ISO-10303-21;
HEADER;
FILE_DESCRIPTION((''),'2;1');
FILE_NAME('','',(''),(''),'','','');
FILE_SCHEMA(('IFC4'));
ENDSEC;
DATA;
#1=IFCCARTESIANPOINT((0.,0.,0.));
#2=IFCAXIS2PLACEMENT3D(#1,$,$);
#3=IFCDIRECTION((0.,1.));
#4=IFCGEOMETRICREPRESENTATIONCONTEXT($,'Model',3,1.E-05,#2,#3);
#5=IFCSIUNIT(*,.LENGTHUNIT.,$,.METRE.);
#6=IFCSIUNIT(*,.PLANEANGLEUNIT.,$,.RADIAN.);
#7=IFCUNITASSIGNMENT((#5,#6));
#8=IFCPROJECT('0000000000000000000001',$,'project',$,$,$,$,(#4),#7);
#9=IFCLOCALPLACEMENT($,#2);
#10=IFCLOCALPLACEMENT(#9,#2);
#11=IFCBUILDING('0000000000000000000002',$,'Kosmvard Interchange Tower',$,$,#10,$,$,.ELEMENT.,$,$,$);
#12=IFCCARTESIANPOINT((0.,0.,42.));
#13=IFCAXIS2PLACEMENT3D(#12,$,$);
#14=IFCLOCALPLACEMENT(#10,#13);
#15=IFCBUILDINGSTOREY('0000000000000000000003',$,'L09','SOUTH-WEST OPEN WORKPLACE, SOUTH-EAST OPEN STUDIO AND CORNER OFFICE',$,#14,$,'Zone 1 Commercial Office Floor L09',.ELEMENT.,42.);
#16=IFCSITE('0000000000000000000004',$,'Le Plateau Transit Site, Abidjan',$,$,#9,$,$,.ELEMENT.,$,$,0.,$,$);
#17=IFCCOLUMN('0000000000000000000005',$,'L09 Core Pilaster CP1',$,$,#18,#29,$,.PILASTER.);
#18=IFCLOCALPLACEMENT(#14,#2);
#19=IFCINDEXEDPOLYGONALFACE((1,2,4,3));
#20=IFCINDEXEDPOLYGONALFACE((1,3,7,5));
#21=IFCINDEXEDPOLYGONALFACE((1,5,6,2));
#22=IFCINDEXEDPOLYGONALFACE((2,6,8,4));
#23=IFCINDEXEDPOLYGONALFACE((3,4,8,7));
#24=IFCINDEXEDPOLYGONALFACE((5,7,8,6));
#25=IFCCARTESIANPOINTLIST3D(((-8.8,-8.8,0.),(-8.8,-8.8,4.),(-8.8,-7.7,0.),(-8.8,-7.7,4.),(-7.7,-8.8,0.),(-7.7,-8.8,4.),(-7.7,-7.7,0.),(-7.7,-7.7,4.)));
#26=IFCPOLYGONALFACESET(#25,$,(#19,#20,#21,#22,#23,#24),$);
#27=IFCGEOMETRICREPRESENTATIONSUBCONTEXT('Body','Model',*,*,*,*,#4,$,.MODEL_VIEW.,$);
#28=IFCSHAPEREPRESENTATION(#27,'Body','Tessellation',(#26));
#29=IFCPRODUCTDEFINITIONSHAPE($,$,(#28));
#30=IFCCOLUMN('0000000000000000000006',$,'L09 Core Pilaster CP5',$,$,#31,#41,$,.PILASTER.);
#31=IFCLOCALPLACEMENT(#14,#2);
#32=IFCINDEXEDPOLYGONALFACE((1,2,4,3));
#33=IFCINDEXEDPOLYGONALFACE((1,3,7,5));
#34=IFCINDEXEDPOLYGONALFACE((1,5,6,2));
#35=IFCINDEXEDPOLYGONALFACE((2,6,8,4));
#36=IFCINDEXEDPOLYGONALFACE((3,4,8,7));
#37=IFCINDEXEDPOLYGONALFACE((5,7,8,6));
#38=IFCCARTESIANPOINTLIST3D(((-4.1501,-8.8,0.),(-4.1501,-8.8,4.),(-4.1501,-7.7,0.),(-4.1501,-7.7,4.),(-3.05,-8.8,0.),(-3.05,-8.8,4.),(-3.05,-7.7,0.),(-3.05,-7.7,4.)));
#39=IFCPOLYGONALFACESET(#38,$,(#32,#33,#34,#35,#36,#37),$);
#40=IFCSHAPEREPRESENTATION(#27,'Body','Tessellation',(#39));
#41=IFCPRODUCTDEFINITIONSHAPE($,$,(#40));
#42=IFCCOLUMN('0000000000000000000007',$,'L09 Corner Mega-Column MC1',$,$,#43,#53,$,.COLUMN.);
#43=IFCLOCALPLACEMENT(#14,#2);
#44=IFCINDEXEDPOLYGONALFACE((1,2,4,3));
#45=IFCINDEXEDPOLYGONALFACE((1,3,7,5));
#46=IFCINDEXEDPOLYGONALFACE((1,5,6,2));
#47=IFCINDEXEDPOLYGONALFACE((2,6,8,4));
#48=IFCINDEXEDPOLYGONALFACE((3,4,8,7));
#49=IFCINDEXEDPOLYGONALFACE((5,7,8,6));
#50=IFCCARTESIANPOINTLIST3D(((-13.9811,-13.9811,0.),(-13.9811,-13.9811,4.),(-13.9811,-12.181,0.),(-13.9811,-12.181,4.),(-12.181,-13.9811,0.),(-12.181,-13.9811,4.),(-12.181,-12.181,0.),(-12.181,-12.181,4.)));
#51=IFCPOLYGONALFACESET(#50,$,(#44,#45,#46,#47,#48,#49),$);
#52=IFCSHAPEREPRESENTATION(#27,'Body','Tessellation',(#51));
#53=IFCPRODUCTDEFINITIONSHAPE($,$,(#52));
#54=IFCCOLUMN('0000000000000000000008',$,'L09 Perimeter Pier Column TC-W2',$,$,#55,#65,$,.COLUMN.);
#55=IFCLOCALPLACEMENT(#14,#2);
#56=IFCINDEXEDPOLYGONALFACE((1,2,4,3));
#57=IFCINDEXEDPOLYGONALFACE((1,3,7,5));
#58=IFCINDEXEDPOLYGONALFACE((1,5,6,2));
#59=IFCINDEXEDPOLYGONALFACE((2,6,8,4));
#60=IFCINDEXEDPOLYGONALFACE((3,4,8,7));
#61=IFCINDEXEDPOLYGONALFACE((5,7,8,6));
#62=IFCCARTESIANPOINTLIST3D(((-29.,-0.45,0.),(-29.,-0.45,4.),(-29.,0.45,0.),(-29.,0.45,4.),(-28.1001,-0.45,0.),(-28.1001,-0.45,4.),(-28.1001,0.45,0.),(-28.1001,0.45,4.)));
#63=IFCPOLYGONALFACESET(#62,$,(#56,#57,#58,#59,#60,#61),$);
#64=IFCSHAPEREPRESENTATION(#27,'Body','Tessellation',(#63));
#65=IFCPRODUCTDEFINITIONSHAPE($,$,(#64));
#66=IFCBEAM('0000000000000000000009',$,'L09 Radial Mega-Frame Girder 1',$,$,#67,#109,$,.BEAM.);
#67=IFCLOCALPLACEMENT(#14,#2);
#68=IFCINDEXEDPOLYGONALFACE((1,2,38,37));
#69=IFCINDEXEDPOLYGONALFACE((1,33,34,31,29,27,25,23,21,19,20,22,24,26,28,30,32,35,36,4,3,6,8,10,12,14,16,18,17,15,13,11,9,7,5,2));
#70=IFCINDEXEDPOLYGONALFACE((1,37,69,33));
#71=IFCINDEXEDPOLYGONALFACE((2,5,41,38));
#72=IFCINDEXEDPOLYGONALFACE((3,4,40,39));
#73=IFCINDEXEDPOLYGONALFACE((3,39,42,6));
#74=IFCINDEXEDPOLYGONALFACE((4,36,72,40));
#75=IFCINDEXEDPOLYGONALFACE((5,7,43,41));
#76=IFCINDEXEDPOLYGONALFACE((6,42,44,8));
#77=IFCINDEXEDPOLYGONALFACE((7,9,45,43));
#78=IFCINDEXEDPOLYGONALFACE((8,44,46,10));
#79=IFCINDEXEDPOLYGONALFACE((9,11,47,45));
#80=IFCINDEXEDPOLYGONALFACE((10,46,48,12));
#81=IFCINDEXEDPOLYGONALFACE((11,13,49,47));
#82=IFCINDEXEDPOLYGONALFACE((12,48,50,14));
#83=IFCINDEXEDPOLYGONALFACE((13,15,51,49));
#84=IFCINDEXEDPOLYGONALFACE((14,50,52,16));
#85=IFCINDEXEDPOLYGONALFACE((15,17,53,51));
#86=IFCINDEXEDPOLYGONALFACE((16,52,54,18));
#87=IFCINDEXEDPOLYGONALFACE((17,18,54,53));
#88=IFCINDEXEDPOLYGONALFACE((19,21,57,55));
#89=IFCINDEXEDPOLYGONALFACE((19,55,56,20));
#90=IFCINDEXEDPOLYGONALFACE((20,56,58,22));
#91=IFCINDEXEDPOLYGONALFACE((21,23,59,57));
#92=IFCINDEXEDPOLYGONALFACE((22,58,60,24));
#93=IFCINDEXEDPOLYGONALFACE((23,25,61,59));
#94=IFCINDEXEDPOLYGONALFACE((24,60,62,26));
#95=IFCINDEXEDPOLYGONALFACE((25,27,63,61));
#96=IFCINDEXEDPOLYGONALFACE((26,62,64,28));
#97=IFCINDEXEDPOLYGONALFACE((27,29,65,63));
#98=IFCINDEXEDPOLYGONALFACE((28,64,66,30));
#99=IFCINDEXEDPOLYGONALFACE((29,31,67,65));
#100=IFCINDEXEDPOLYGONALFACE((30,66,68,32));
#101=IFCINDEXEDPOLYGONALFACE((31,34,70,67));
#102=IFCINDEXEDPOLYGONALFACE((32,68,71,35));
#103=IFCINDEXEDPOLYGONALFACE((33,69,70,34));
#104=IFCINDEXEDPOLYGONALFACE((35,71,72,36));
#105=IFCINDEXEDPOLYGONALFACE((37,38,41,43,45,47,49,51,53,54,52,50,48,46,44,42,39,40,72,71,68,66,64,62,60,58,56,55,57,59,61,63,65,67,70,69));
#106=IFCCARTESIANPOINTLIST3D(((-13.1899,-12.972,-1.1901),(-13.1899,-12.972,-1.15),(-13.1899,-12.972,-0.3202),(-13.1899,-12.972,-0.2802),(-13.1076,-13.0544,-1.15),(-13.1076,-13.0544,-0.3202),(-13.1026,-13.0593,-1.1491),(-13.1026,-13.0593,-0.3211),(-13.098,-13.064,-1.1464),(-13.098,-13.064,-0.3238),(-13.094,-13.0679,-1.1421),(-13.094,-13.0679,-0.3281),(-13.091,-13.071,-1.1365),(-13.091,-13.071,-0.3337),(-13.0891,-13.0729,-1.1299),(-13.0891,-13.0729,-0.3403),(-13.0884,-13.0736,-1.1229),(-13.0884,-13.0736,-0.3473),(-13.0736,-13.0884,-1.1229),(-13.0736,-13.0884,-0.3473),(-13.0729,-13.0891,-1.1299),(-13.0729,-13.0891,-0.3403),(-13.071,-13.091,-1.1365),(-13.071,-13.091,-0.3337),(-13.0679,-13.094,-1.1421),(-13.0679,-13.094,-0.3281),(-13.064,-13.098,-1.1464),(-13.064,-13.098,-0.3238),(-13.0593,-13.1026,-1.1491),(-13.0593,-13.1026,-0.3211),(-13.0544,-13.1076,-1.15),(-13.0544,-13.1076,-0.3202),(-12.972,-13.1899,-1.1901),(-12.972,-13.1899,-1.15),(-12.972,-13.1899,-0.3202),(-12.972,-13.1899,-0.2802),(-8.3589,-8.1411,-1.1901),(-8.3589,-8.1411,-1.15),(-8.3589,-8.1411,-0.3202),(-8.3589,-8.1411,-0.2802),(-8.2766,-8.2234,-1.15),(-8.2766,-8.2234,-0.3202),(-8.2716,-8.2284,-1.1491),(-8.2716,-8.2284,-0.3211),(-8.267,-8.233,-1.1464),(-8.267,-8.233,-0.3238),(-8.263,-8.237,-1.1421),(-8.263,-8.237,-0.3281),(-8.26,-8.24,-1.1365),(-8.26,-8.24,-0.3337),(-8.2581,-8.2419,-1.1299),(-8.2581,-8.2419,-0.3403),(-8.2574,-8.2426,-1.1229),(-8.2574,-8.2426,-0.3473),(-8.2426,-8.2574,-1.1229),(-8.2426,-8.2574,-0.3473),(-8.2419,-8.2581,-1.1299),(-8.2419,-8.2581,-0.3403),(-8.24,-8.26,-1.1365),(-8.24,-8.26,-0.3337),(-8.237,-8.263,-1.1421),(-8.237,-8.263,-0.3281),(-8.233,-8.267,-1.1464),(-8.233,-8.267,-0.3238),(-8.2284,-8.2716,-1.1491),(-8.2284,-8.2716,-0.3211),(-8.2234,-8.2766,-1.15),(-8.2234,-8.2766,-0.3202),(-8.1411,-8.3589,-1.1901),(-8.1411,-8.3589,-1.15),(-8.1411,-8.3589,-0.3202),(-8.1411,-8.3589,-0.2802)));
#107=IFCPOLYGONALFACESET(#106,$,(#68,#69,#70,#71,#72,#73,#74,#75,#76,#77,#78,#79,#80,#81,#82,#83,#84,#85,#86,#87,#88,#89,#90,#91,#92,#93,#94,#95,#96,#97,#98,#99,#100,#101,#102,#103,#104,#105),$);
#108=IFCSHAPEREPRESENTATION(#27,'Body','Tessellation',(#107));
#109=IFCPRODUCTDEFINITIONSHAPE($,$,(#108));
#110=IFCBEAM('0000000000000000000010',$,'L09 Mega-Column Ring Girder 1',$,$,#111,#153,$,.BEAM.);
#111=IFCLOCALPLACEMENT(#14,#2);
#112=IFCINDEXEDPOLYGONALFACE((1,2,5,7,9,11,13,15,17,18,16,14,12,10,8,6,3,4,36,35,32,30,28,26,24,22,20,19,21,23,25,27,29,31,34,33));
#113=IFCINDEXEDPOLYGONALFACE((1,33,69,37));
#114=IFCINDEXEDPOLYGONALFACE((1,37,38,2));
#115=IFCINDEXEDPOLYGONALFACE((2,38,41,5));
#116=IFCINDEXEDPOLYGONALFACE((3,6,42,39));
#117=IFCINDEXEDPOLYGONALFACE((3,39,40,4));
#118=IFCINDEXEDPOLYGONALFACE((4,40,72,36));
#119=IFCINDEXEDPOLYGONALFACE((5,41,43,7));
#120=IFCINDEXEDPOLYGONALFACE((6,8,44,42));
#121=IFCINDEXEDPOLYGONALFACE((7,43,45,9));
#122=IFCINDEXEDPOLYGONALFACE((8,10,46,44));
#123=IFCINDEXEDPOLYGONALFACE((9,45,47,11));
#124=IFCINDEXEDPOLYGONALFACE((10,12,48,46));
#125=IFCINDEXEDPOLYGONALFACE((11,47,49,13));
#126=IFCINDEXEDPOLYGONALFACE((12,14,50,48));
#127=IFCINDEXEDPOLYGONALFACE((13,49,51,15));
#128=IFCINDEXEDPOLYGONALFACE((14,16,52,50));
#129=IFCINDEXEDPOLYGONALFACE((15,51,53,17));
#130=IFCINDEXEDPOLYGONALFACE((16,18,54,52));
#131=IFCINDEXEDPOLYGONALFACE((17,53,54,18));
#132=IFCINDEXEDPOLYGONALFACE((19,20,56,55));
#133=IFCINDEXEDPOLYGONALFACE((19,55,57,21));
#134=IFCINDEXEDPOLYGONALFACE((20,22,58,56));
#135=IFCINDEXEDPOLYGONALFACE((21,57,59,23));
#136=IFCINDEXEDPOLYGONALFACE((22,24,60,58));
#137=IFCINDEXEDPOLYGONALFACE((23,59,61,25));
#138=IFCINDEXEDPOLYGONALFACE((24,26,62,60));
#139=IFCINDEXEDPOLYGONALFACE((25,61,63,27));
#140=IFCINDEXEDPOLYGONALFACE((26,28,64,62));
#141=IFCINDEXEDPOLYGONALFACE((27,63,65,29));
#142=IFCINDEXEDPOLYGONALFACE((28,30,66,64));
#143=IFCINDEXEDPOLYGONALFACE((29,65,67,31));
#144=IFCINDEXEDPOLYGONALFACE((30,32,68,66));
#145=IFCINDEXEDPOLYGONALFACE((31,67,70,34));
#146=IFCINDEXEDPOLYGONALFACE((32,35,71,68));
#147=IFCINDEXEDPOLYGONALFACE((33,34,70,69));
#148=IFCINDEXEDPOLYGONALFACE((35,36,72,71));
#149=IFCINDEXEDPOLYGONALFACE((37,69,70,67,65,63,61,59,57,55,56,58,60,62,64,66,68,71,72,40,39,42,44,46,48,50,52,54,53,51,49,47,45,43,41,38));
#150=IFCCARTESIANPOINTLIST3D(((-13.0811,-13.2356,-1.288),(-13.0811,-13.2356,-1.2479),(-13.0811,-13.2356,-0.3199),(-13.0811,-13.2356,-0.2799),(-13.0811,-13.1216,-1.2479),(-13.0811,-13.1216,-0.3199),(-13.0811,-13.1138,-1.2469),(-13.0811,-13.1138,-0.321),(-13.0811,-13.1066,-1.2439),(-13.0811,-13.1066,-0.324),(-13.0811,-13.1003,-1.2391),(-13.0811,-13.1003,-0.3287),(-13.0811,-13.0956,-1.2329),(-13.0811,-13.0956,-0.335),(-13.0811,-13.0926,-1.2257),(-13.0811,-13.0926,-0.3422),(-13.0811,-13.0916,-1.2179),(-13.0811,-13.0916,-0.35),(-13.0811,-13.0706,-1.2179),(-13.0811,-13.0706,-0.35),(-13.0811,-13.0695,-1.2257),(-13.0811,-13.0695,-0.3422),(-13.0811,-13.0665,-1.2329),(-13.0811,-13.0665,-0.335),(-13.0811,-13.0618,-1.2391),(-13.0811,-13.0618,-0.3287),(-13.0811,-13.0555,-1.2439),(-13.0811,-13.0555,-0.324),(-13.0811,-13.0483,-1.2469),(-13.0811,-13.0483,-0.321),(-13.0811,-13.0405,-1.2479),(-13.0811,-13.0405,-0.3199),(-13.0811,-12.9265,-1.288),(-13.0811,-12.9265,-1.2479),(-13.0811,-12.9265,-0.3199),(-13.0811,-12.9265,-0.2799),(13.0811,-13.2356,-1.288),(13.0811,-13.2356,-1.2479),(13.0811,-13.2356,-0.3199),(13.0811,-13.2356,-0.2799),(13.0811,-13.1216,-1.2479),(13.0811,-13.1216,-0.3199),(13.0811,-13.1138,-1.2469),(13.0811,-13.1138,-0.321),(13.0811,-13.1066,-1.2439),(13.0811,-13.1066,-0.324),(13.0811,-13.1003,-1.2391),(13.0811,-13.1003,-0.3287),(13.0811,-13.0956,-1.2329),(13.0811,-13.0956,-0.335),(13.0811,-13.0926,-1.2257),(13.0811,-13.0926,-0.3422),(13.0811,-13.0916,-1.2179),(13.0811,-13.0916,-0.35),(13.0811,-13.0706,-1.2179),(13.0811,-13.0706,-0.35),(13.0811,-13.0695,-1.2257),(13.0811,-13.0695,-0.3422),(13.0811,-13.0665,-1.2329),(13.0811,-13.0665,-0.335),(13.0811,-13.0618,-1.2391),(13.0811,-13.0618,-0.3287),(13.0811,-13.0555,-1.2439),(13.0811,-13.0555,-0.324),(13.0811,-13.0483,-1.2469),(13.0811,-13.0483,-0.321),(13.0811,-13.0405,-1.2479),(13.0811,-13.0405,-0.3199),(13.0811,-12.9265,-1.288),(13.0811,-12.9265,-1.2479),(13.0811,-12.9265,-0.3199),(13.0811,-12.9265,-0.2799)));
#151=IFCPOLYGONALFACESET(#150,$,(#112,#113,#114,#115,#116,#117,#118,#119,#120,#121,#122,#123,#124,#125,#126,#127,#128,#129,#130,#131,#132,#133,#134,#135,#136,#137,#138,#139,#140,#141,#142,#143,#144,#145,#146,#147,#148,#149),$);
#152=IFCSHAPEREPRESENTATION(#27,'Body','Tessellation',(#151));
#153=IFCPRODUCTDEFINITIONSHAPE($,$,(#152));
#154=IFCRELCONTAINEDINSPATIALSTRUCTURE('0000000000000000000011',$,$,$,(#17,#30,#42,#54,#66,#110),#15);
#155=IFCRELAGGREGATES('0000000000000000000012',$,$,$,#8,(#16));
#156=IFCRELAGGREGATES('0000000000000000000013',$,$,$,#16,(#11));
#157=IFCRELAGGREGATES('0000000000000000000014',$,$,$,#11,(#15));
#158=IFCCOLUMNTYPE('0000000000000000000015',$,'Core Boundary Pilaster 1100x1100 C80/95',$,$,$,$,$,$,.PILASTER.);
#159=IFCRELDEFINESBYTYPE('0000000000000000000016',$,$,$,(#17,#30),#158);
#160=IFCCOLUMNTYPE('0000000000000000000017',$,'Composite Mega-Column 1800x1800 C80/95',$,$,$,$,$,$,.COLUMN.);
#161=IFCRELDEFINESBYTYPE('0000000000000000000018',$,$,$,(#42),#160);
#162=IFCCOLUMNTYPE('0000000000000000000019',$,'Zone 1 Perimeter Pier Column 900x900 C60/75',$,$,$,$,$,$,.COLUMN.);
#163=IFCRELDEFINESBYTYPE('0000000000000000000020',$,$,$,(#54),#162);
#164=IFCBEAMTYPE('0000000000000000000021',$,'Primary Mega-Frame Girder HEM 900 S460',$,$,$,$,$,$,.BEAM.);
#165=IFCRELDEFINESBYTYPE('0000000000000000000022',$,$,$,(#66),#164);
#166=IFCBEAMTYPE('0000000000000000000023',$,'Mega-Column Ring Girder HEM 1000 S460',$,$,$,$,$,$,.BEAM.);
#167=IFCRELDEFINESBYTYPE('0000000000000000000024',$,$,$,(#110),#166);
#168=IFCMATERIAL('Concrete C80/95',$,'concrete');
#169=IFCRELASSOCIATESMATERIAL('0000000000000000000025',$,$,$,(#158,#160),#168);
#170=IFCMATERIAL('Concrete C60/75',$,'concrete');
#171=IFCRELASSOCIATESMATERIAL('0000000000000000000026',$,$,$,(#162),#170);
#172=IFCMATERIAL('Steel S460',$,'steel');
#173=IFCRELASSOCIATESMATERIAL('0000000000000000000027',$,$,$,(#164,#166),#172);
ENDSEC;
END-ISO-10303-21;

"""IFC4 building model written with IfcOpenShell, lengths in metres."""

from ifc_helpers import new_model, si_unit, direction, frame, origin, origin_2d, place, context, subcontext, project, spatial, rectangle, i_section, extrude, source, transform, mapped, material, material_profile, profile_set, type_object, element, save


model = new_model("IFC4")

# Units and contexts
model_context = context("Model", 3, precision=1e-05, world=origin(), true_north=direction((0.0, 1.0)))
body_context = subcontext(model_context, "Body", "Model", "MODEL_VIEW")
ifc_project = project(units=[si_unit("LENGTHUNIT", "METRE"), si_unit("PLANEANGLEUNIT", "RADIAN")], contexts=[model_context])

# Site, building, storey
site_placement = place(None, origin())
site = spatial("IfcSite", under=ifc_project, at=site_placement, Name="Le Plateau Transit Site, Abidjan", CompositionType="ELEMENT", RefElevation=0.0)
building_placement = place(site_placement, origin())
building = spatial("IfcBuilding", under=site, at=building_placement, Name="Kosmvard Interchange Tower", CompositionType="ELEMENT")
storey_placement = place(building_placement, frame((0.0, 0.0, 42.0)))
storey = spatial("IfcBuildingStorey", under=building, at=storey_placement, Name="L09", Description="SOUTH-WEST OPEN WORKPLACE, SOUTH-EAST OPEN STUDIO AND CORNER OFFICE", LongName="Zone 1 Commercial Office Floor L09", CompositionType="ELEMENT", Elevation=42.0)

# Columns
ifc_material_1 = material(Name="Concrete C80/95", Category="concrete")
ifc_material_profile_1 = material_profile(ifc_material_1, rectangle(XDim=1.1001, YDim=1.1001, at=origin_2d()), Name="CP 1100x1100")
ifc_profile_set_1 = profile_set([ifc_material_profile_1], Name="Concrete C80/95")
column_type_1 = type_object("IfcColumnType", Name="Core Boundary Pilaster 1100x1100 C80/95", PredefinedType="PILASTER", material=ifc_profile_set_1)
shared_shape_1 = source(origin(), body_context, "Body", "SweptSolid", [
    extrude(rectangle(XDim=1.1001, YDim=1.1001, at=origin_2d()), origin(), (0.0, 0.0, 1.0), 4.0),
])
for number, where, z_axis, x_axis, name in (
    (1, (-8.25, -8.25, 0.0), (0.0, 0.0, 1.0), (1.0, 0.0, 0.0), "L09 Core Pilaster CP1"),
    (2, (-3.6001, -8.25, 0.0), (0.0, 0.0, 1.0), (1.0, 0.0, 0.0), "L09 Core Pilaster CP5"),
):
    element("IfcColumn", number, at=place(storey_placement, frame(where, z_axis=z_axis, x_axis=x_axis)), inside=storey, type_object=column_type_1, Name=name, PredefinedType="PILASTER", context=body_context, shape_type="MappedRepresentation", body=[
        mapped(shared_shape_1, transform((0.0, 0.0, 0.0), scale=1.0)),
    ])
ifc_material_profile_2 = material_profile(ifc_material_1, rectangle(XDim=1.8, YDim=1.8, at=origin_2d()), Name="MC 1800x1800")
ifc_profile_set_2 = profile_set([ifc_material_profile_2], Name="Concrete C80/95")
column_type_2 = type_object("IfcColumnType", Name="Composite Mega-Column 1800x1800 C80/95", PredefinedType="COLUMN", material=ifc_profile_set_2)
shared_shape_2 = source(origin(), body_context, "Body", "SweptSolid", [
    extrude(rectangle(XDim=1.8, YDim=1.8, at=origin_2d()), origin(), (0.0, 0.0, 1.0), 4.0),
])
column_1_placement = place(storey_placement, frame((-13.0811, -13.0811, 0.0), z_axis=(0.0, 0.0, 1.0), x_axis=(1.0, 0.0, 0.0)))
element("IfcColumn", 3, at=column_1_placement, inside=storey, type_object=column_type_2, Name="L09 Corner Mega-Column MC1", PredefinedType="COLUMN", context=body_context, shape_type="MappedRepresentation", body=[
    mapped(shared_shape_2, transform((0.0, 0.0, 0.0), scale=1.0)),
])
ifc_material_2 = material(Name="Concrete C60/75", Category="concrete")
ifc_material_profile_3 = material_profile(ifc_material_2, rectangle(XDim=0.8999, YDim=0.8999, at=origin_2d()), Name="TC 900x900")
ifc_profile_set_3 = profile_set([ifc_material_profile_3], Name="Concrete C60/75")
column_type_3 = type_object("IfcColumnType", Name="Zone 1 Perimeter Pier Column 900x900 C60/75", PredefinedType="COLUMN", material=ifc_profile_set_3)
shared_shape_3 = source(origin(), body_context, "Body", "SweptSolid", [
    extrude(rectangle(XDim=0.8999, YDim=0.8999, at=origin_2d()), origin(), (0.0, 0.0, 1.0), 4.0),
])
column_2_placement = place(storey_placement, frame((-28.55, 0.0, 0.0), z_axis=(0.0, 0.0, 1.0), x_axis=(1.0, 0.0, 0.0)))
element("IfcColumn", 4, at=column_2_placement, inside=storey, type_object=column_type_3, Name="L09 Perimeter Pier Column TC-W2", PredefinedType="COLUMN", context=body_context, shape_type="MappedRepresentation", body=[
    mapped(shared_shape_3, transform((0.0, 0.0, 0.0), scale=1.0)),
])

# Beams
ifc_material_3 = material(Name="Steel S460", Category="steel")
ifc_material_profile_4 = material_profile(ifc_material_3, i_section(OverallWidth=0.3081, OverallDepth=0.9099, WebThickness=0.021, FlangeThickness=0.04, FilletRadius=0.0271, at=origin_2d()), Name="HEM 900")
ifc_profile_set_4 = profile_set([ifc_material_profile_4], Name="Steel S460")
beam_type_1 = type_object("IfcBeamType", Name="Primary Mega-Frame Girder HEM 900 S460", PredefinedType="BEAM", material=ifc_profile_set_4)
shared_shape_4 = source(origin(), body_context, "Body", "SweptSolid", [
    extrude(i_section(OverallWidth=0.3081, OverallDepth=0.9099, WebThickness=0.021, FlangeThickness=0.04, FilletRadius=0.0271, at=origin_2d()), origin(), (0.0, 0.0, 1.0), 6.832),
])
beam_1_placement = place(storey_placement, frame((-8.25, -8.25, -0.7351), z_axis=(-0.707107, -0.707107, 0.0), x_axis=(0.707107, -0.707107, 0.0)))
element("IfcBeam", 5, at=beam_1_placement, inside=storey, type_object=beam_type_1, Name="L09 Radial Mega-Frame Girder 1", PredefinedType="BEAM", context=body_context, shape_type="MappedRepresentation", body=[
    mapped(shared_shape_4, transform((0.0, 0.0, 0.0), scale=1.0)),
])
ifc_material_profile_5 = material_profile(ifc_material_3, i_section(OverallWidth=0.3091, OverallDepth=1.0081, WebThickness=0.021, FlangeThickness=0.04, FilletRadius=0.03, at=origin_2d()), Name="HEM 1000")
ifc_profile_set_5 = profile_set([ifc_material_profile_5], Name="Steel S460")
beam_type_2 = type_object("IfcBeamType", Name="Mega-Column Ring Girder HEM 1000 S460", PredefinedType="BEAM", material=ifc_profile_set_5)
shared_shape_5 = source(origin(), body_context, "Body", "SweptSolid", [
    extrude(i_section(OverallWidth=0.3091, OverallDepth=1.0081, WebThickness=0.021, FlangeThickness=0.04, FilletRadius=0.03, at=origin_2d()), origin(), (0.0, 0.0, 1.0), 26.1621),
])
beam_2_placement = place(storey_placement, frame((-13.0811, -13.0811, -0.7839), z_axis=(1.0, 0.0, 0.0), x_axis=(0.0, 1.0, 0.0)))
element("IfcBeam", 6, at=beam_2_placement, inside=storey, type_object=beam_type_2, Name="L09 Mega-Column Ring Girder 1", PredefinedType="BEAM", context=body_context, shape_type="MappedRepresentation", body=[
    mapped(shared_shape_5, transform((0.0, 0.0, 0.0), scale=1.0)),
])

save(model, "model.ifc")
